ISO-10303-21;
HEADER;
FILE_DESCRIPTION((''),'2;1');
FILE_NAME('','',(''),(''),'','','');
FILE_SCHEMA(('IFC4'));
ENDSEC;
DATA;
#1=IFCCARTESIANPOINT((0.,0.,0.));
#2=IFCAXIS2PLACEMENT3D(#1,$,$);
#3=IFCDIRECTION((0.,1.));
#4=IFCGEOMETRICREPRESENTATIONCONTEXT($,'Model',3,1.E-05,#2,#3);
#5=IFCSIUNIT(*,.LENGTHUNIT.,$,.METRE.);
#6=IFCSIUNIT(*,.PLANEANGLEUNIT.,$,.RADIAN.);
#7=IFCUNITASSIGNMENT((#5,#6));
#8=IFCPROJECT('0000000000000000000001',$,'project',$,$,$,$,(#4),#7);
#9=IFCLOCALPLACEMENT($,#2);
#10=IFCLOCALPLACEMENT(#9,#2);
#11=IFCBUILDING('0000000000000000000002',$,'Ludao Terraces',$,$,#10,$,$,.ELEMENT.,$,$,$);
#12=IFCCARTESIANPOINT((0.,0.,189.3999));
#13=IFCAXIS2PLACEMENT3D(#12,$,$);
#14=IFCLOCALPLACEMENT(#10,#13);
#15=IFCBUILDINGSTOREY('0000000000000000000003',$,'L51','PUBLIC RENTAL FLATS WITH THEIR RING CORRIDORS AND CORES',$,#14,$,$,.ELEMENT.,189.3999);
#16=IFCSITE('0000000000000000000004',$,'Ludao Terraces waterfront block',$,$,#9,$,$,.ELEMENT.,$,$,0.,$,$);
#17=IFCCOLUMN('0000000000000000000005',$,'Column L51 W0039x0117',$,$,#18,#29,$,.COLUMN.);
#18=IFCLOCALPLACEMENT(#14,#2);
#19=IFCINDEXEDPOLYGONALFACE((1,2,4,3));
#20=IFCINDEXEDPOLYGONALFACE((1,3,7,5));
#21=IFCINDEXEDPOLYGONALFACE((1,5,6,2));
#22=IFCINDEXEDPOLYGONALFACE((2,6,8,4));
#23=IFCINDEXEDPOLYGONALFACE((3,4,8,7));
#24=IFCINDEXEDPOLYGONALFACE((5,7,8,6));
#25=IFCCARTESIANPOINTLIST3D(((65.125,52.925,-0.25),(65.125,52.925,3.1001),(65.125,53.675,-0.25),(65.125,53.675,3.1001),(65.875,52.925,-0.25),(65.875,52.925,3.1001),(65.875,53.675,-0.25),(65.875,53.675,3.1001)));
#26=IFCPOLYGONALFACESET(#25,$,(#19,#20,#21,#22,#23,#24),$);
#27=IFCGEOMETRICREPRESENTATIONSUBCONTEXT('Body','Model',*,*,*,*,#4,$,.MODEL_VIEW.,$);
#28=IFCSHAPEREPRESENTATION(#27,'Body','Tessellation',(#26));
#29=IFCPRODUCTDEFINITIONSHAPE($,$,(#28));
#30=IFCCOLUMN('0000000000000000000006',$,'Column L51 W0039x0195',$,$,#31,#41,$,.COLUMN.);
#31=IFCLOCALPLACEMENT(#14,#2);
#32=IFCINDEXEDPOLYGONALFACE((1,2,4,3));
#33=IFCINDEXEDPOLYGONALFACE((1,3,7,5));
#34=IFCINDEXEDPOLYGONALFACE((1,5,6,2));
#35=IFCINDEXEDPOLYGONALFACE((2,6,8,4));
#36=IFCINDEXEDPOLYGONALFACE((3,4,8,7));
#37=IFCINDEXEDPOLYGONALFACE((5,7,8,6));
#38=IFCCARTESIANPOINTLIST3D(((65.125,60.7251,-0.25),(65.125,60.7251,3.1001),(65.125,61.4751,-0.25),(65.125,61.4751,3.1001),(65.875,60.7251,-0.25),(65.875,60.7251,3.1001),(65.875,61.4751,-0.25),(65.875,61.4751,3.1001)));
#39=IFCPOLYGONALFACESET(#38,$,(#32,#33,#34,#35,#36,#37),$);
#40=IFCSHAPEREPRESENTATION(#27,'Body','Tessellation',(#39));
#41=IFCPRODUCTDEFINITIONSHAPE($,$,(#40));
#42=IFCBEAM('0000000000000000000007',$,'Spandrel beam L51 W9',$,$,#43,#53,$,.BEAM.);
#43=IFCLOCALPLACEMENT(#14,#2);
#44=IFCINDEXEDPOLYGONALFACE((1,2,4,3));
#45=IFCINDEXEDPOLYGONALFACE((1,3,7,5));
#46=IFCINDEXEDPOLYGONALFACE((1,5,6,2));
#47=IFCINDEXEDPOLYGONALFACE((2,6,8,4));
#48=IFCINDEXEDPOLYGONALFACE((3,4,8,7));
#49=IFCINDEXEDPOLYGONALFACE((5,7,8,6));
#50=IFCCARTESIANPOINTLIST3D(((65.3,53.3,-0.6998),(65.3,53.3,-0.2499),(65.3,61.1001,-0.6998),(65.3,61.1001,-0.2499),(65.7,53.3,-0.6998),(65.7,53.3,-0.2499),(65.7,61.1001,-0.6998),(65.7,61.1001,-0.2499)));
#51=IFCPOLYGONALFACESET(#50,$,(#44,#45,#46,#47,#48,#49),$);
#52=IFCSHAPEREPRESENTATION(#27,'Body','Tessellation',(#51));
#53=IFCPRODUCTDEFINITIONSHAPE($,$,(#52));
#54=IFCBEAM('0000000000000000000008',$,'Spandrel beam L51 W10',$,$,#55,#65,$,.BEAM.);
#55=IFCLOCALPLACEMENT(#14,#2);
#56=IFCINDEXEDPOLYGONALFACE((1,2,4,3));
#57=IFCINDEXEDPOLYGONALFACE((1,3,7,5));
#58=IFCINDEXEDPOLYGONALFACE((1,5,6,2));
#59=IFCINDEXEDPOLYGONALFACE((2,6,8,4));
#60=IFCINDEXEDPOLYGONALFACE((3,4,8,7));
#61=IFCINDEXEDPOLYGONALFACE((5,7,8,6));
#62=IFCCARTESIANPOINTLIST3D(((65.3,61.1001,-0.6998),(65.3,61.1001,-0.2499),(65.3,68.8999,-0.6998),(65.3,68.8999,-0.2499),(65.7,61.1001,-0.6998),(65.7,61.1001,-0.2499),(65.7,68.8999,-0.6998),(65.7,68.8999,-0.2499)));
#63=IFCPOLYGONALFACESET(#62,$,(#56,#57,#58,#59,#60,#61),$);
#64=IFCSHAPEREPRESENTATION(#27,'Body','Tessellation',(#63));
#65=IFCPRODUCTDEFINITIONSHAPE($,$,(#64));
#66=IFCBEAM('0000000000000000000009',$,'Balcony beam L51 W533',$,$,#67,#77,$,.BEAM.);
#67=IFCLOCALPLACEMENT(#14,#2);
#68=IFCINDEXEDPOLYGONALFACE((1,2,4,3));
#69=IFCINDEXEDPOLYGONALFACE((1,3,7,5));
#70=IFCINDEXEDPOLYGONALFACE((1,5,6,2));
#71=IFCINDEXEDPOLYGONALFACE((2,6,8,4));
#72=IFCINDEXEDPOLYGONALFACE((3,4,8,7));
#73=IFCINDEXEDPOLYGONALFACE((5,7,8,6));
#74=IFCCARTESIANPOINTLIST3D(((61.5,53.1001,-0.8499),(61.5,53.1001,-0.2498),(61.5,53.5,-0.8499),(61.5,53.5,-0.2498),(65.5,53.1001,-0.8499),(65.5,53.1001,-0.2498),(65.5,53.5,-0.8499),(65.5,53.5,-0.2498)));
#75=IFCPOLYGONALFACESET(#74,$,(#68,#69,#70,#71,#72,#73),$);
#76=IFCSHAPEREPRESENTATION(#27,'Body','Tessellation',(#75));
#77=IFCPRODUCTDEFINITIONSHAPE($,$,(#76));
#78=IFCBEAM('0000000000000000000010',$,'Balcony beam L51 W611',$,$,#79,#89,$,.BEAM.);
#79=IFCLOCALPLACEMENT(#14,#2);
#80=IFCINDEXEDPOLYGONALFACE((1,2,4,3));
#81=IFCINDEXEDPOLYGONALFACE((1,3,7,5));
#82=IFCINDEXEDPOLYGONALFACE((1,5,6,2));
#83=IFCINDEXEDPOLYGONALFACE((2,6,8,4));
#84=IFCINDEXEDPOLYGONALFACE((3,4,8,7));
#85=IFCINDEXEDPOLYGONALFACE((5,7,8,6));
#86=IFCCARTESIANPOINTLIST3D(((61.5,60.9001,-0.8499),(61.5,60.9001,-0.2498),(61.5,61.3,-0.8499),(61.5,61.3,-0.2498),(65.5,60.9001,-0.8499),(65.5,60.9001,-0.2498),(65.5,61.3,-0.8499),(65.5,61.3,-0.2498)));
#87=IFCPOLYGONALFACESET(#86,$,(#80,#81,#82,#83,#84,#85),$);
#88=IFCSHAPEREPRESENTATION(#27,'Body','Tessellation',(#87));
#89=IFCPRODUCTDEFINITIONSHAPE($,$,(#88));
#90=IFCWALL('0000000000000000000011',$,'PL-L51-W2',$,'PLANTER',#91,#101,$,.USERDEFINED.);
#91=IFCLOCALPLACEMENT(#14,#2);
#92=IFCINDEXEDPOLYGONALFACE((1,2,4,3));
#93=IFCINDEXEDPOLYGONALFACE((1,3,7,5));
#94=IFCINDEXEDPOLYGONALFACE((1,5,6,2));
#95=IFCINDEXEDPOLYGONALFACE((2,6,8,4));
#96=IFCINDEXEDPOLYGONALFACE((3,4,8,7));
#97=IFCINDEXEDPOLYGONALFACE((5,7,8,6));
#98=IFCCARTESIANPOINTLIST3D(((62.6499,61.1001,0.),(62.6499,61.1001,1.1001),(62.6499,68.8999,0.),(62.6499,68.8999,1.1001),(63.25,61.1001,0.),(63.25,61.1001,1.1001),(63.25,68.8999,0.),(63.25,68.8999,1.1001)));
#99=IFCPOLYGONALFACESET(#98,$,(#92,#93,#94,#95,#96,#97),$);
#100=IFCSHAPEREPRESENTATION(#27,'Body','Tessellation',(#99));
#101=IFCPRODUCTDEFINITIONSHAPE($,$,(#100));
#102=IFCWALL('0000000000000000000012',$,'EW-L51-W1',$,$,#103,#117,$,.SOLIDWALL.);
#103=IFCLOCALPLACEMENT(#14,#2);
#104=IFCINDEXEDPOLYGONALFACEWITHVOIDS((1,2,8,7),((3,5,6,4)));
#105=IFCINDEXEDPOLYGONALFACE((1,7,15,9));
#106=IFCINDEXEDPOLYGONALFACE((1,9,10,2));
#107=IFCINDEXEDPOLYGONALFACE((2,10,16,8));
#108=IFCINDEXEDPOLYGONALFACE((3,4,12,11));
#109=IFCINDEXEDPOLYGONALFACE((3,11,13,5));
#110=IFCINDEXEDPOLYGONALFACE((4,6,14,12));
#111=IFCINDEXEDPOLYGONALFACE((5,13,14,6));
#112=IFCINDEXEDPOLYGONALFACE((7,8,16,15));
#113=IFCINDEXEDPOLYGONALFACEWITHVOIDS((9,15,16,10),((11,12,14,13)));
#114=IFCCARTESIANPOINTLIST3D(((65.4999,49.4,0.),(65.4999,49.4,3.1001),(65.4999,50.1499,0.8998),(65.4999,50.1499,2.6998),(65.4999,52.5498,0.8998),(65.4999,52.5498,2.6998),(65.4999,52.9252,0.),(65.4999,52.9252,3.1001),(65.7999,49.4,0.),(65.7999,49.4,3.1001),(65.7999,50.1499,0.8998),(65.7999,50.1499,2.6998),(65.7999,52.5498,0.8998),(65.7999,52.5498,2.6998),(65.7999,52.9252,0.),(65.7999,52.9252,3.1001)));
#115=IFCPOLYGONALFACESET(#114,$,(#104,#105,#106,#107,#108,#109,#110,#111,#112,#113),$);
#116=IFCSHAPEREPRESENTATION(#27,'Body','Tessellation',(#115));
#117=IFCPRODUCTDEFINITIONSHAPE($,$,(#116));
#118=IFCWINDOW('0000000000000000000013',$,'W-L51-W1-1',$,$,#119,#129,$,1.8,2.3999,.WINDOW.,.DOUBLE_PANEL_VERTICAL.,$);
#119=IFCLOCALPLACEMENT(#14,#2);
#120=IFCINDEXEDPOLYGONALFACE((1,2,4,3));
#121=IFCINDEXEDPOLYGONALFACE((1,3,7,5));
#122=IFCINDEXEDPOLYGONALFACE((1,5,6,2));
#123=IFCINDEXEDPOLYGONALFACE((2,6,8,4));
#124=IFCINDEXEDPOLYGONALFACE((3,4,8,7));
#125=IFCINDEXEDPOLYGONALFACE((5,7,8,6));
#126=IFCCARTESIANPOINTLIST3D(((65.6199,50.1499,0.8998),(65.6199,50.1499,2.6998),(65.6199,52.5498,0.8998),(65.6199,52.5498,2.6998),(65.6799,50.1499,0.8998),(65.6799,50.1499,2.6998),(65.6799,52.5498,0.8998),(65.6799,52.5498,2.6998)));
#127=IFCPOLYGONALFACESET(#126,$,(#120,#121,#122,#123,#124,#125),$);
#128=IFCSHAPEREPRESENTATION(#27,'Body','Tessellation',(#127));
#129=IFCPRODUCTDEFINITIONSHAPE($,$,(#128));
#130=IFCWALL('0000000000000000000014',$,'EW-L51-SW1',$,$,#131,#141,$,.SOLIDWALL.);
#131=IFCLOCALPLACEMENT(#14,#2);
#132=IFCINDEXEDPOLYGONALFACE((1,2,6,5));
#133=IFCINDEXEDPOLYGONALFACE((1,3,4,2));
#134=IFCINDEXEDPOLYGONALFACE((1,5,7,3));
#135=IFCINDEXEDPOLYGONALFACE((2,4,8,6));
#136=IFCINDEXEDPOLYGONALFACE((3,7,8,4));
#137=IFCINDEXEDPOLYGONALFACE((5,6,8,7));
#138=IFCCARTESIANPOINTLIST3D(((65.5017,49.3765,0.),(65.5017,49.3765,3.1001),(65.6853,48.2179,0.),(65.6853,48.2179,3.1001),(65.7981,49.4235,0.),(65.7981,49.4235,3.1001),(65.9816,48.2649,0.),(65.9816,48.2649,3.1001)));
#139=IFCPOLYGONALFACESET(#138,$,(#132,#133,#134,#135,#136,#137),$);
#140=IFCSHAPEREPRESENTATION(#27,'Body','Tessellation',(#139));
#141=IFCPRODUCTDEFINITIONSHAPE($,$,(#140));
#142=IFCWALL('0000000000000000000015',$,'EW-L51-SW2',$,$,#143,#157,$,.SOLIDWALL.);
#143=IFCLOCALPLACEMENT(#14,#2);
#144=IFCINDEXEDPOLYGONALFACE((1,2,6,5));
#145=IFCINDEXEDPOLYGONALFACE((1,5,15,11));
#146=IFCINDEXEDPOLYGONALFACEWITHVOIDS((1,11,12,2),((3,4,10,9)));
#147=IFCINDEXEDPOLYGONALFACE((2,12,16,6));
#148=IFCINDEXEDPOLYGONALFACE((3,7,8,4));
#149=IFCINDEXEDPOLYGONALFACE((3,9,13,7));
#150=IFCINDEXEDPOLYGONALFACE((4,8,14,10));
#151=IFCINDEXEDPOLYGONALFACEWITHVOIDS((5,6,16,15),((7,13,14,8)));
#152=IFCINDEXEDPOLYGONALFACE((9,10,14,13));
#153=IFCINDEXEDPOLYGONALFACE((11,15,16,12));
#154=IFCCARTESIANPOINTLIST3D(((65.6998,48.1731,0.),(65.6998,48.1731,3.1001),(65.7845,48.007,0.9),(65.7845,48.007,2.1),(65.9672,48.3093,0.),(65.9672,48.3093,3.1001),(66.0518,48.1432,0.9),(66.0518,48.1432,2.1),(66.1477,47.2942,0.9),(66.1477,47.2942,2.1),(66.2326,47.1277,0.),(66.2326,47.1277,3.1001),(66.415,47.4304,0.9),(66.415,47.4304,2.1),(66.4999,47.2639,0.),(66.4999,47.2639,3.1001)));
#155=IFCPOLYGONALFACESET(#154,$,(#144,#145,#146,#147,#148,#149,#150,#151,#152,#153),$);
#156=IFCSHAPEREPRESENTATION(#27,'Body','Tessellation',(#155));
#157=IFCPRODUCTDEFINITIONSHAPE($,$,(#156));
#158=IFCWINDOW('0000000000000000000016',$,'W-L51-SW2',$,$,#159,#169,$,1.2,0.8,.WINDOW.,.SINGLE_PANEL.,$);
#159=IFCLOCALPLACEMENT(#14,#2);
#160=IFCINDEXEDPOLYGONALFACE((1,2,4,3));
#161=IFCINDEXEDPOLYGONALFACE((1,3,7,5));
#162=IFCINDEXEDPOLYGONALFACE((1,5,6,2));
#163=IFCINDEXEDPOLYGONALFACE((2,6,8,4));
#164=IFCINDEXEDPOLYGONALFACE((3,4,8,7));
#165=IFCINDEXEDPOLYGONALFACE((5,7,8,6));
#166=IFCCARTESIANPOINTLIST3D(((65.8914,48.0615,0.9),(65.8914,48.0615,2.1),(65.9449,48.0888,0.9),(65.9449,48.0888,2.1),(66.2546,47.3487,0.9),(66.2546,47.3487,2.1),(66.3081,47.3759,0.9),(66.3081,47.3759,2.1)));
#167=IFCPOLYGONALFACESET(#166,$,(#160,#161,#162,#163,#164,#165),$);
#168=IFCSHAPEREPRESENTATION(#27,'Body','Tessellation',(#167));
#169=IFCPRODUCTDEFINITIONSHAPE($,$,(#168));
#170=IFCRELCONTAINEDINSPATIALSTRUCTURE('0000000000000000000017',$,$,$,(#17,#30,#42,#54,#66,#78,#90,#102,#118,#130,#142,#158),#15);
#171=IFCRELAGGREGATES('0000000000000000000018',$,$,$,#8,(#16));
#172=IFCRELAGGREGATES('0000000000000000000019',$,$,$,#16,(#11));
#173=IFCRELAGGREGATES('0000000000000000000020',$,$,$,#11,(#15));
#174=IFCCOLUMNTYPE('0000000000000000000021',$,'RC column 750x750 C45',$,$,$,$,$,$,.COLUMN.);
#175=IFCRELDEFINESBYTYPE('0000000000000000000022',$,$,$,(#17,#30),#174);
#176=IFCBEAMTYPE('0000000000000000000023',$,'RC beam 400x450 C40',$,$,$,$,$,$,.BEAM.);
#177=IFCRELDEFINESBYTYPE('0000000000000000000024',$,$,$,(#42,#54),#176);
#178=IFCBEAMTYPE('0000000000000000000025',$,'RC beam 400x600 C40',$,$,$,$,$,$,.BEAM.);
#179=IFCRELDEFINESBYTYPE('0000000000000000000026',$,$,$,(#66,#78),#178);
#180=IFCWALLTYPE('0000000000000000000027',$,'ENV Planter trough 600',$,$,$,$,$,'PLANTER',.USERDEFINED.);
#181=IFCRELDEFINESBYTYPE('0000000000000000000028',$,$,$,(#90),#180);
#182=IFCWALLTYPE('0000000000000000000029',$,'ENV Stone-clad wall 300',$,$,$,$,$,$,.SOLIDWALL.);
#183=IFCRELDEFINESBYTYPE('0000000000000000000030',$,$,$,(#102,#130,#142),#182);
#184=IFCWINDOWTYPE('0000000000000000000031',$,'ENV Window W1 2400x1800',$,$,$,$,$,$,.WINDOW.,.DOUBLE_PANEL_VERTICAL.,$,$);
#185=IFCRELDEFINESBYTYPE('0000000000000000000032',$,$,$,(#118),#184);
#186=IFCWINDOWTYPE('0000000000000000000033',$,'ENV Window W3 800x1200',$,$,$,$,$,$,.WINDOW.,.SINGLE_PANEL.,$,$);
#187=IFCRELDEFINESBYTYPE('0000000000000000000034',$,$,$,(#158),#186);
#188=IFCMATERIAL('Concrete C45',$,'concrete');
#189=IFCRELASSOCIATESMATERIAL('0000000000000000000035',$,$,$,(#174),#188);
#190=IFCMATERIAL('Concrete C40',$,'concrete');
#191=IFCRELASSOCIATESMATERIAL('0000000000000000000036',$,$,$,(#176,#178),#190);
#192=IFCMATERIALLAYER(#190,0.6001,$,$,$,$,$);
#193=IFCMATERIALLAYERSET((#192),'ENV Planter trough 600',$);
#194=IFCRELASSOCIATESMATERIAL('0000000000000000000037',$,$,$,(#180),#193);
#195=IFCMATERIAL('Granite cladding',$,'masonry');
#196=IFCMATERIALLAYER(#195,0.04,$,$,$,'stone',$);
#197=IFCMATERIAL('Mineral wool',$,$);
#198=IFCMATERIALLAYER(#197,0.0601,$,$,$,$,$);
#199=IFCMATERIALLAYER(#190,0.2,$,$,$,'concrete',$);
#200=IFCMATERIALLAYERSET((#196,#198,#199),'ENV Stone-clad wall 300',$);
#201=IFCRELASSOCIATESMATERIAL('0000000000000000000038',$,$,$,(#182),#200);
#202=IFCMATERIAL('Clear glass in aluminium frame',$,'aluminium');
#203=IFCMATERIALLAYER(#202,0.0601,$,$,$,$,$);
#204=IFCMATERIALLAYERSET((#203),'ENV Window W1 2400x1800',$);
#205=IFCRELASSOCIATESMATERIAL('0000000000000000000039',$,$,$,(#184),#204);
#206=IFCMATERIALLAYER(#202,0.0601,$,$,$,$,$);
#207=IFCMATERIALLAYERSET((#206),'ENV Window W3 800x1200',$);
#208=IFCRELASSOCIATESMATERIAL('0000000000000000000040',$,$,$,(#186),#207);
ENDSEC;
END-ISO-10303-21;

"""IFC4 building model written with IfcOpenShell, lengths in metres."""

from ifc_helpers import new_model, si_unit, direction, frame, frame_2d, origin, origin_2d, place, context, subcontext, project, spatial, rectangle, extrude, material, layer, layer_set, material_profile, profile_set, type_object, element, fill, save


model = new_model("IFC4")

# Units and contexts
model_context = context("Model", 3, precision=1e-05, world=origin(), true_north=direction((0.0, 1.0)))
body_context = subcontext(model_context, "Body", "Model", "MODEL_VIEW")
ifc_project = project(units=[si_unit("LENGTHUNIT", "METRE"), si_unit("PLANEANGLEUNIT", "RADIAN")], contexts=[model_context])

# Site, building, storey
site_placement = place(None, origin())
site = spatial("IfcSite", under=ifc_project, at=site_placement, Name="Ludao Terraces waterfront block", CompositionType="ELEMENT", RefElevation=0.0)
building_placement = place(site_placement, origin())
building = spatial("IfcBuilding", under=site, at=building_placement, Name="Ludao Terraces", CompositionType="ELEMENT")
storey_placement = place(building_placement, frame((0.0, 0.0, 189.3999)))
storey = spatial("IfcBuildingStorey", under=building, at=storey_placement, Name="L51", Description="PUBLIC RENTAL FLATS WITH THEIR RING CORRIDORS AND CORES", CompositionType="ELEMENT", Elevation=189.3999)

# Columns
ifc_material_1 = material(Name="Concrete C45", Category="concrete")
ifc_material_profile_1 = material_profile(ifc_material_1, rectangle(XDim=0.75, YDim=0.75, at=origin_2d()), Name="750 X 750")
ifc_profile_set_1 = profile_set([ifc_material_profile_1], Name="Concrete C45")
column_type = type_object("IfcColumnType", Name="RC column 750x750 C45", PredefinedType="COLUMN", material=ifc_profile_set_1)
for number, where, z_axis, x_axis, name in (
    (1, (65.5, 53.3, -0.25), (0.0, 0.0, 1.0), (1.0, 0.0, 0.0), "Column L51 W0039x0117"),
    (2, (65.5, 61.1001, -0.25), (0.0, 0.0, 1.0), (1.0, 0.0, 0.0), "Column L51 W0039x0195"),
):
    element("IfcColumn", number, at=place(storey_placement, frame(where, z_axis=z_axis, x_axis=x_axis)), inside=storey, type_object=column_type, Name=name, PredefinedType="COLUMN", context=body_context, shape_type="SweptSolid", body=[
        extrude(rectangle(XDim=0.75, YDim=0.75, at=origin_2d()), origin(), (0.0, 0.0, 1.0), 3.3501),
    ])

# Beams
ifc_material_2 = material(Name="Concrete C40", Category="concrete")
ifc_material_profile_2 = material_profile(ifc_material_2, rectangle(XDim=0.3999, YDim=0.45, at=origin_2d()), Name="400 X 450")
ifc_profile_set_2 = profile_set([ifc_material_profile_2], Name="Concrete C40")
beam_type_1 = type_object("IfcBeamType", Name="RC beam 400x450 C40", PredefinedType="BEAM", material=ifc_profile_set_2)
beam_1_placement = place(storey_placement, frame((65.5, 53.3, -0.4749), z_axis=(0.0, 1.0, 0.0), x_axis=(-1.0, 0.0, 0.0)))
element("IfcBeam", 3, at=beam_1_placement, inside=storey, type_object=beam_type_1, Name="Spandrel beam L51 W9", PredefinedType="BEAM", context=body_context, shape_type="SweptSolid", body=[
    extrude(rectangle(XDim=0.3999, YDim=0.45, at=origin_2d()), origin(), (0.0, 0.0, 1.0), 7.8),
])
beam_2_placement = place(storey_placement, frame((65.5, 61.1001, -0.4749), z_axis=(0.0, 1.0, 0.0), x_axis=(-1.0, 0.0, 0.0)))
element("IfcBeam", 4, at=beam_2_placement, inside=storey, type_object=beam_type_1, Name="Spandrel beam L51 W10", PredefinedType="BEAM", context=body_context, shape_type="SweptSolid", body=[
    extrude(rectangle(XDim=0.3999, YDim=0.45, at=origin_2d()), origin(), (0.0, 0.0, 1.0), 7.7998),
])
ifc_material_profile_3 = material_profile(ifc_material_2, rectangle(XDim=0.3999, YDim=0.6001, at=origin_2d()), Name="400 X 600")
ifc_profile_set_3 = profile_set([ifc_material_profile_3], Name="Concrete C40")
beam_type_2 = type_object("IfcBeamType", Name="RC beam 400x600 C40", PredefinedType="BEAM", material=ifc_profile_set_3)
for number, where, z_axis, x_axis, name in (
    (5, (65.5, 53.3, -0.5498), (-1.0, 0.0, 0.0), (0.0, -1.0, 0.0), "Balcony beam L51 W533"),
    (6, (65.5, 61.1001, -0.5498), (-1.0, 0.0, 0.0), (0.0, -1.0, 0.0), "Balcony beam L51 W611"),
):
    element("IfcBeam", number, at=place(storey_placement, frame(where, z_axis=z_axis, x_axis=x_axis)), inside=storey, type_object=beam_type_2, Name=name, PredefinedType="BEAM", context=body_context, shape_type="SweptSolid", body=[
        extrude(rectangle(XDim=0.3999, YDim=0.6001, at=origin_2d()), origin(), (0.0, 0.0, 1.0), 4.0),
    ])

# Wall
ifc_layer_1 = layer(ifc_material_2, 0.6001)
ifc_layer_set_1 = layer_set([ifc_layer_1], Name="ENV Planter trough 600")
wall_type_1 = type_object("IfcWallType", Name="ENV Planter trough 600", ElementType="PLANTER", PredefinedType="USERDEFINED", material=ifc_layer_set_1)
wall_1_placement = place(storey_placement, frame((62.95, 61.1001, 0.0), z_axis=(0.0, 0.0, 1.0), x_axis=(0.0, 1.0, 0.0)))
element("IfcWall", 7, at=wall_1_placement, inside=storey, type_object=wall_type_1, Name="PL-L51-W2", ObjectType="PLANTER", PredefinedType="USERDEFINED", context=body_context, shape_type="SweptSolid", body=[
    extrude(rectangle(XDim=7.7998, YDim=0.6001, at=frame_2d((3.8999, 0.0))), origin(), (0.0, 0.0, 1.0), 1.1001),
])

# Wall, opening, window
ifc_material_3 = material(Name="Granite cladding", Category="masonry")
ifc_layer_2 = layer(ifc_material_3, 0.04, Category="stone")
ifc_material_4 = material(Name="Mineral wool")
ifc_layer_3 = layer(ifc_material_4, 0.0601)
ifc_layer_4 = layer(ifc_material_2, 0.2, Category="concrete")
ifc_layer_set_2 = layer_set([ifc_layer_2, ifc_layer_3, ifc_layer_4], Name="ENV Stone-clad wall 300")
wall_type_2 = type_object("IfcWallType", Name="ENV Stone-clad wall 300", PredefinedType="SOLIDWALL", material=ifc_layer_set_2)
wall_2_placement = place(storey_placement, frame((65.6499, 49.3999, 0.0), z_axis=(0.0, 0.0, 1.0), x_axis=(0.0, 1.0, 0.0)))
wall_2 = element("IfcWall", 8, at=wall_2_placement, inside=storey, type_object=wall_type_2, Name="EW-L51-W1", PredefinedType="SOLIDWALL", context=body_context, shape_type="SweptSolid", body=[
    extrude(rectangle(XDim=3.5251, YDim=0.3, at=frame_2d((1.7627, 0.0))), origin(), (0.0, 0.0, 1.0), 3.1001),
])
opening_1_placement = place(wall_2_placement, frame((0.75, 0.0, 0.8999)))
opening_1 = element("IfcOpeningElement", 9, at=opening_1_placement, cuts=wall_2, PredefinedType="OPENING", context=body_context, shape_type="SweptSolid", body=[
    extrude(rectangle(XDim=2.3999, YDim=1.8, at=frame_2d((1.2, 0.8999))), frame((0.0, 0.1602, 0.0), z_axis=(0.0, -1.0, 0.0), x_axis=(1.0, 0.0, 0.0)), (0.0, 0.0, 1.0), 0.3201),
])
ifc_material_5 = material(Name="Clear glass in aluminium frame", Category="aluminium")
ifc_layer_5 = layer(ifc_material_5, 0.0601)
ifc_layer_set_3 = layer_set([ifc_layer_5], Name="ENV Window W1 2400x1800")
window_type_1 = type_object("IfcWindowType", Name="ENV Window W1 2400x1800", PartitioningType="DOUBLE_PANEL_VERTICAL", PredefinedType="WINDOW", material=ifc_layer_set_3)
window_1_placement = place(opening_1_placement, origin())
window_1 = element("IfcWindow", 10, at=window_1_placement, inside=storey, type_object=window_type_1, Name="W-L51-W1-1", OverallHeight=1.8, OverallWidth=2.3999, PartitioningType="DOUBLE_PANEL_VERTICAL", PredefinedType="WINDOW", context=body_context, shape_type="SweptSolid", body=[
    extrude(rectangle(XDim=2.3999, YDim=1.8, at=frame_2d((1.2, 0.8999))), frame((0.0, 0.03, 0.0), z_axis=(0.0, -1.0, 0.0), x_axis=(1.0, 0.0, 0.0)), (0.0, 0.0, 1.0), 0.0601),
])
fill(opening_1, window_1)

# Wall
wall_3_placement = place(storey_placement, frame((65.6499, 49.3999, 0.0), z_axis=(0.0, 0.0, 1.0), x_axis=(0.156497, -0.987678, 0.0)))
element("IfcWall", 11, at=wall_3_placement, inside=storey, type_object=wall_type_2, Name="EW-L51-SW1", PredefinedType="SOLIDWALL", context=body_context, shape_type="SweptSolid", body=[
    extrude(rectangle(XDim=1.1731, YDim=0.3, at=frame_2d((0.5864, 0.0))), origin(), (0.0, 0.0, 1.0), 3.1001),
])

# Wall, opening, window
wall_4_placement = place(storey_placement, frame((65.8335, 48.2412, 0.0), z_axis=(0.0, 0.0, 1.0), x_axis=(0.454026, -0.890989, 0.0)))
wall_4 = element("IfcWall", 12, at=wall_4_placement, inside=storey, type_object=wall_type_2, Name="EW-L51-SW2", PredefinedType="SOLIDWALL", context=body_context, shape_type="SweptSolid", body=[
    extrude(rectangle(XDim=1.1733, YDim=0.3, at=frame_2d((0.5867, 0.0))), origin(), (0.0, 0.0, 1.0), 3.1001),
])
opening_2_placement = place(wall_4_placement, frame((0.1865, 0.0, 0.8999)))
opening_2 = element("IfcOpeningElement", 13, at=opening_2_placement, cuts=wall_4, PredefinedType="OPENING", context=body_context, shape_type="SweptSolid", body=[
    extrude(rectangle(XDim=0.8, YDim=1.2, at=frame_2d((0.3999, 0.6001))), frame((0.0, 0.1602, 0.0), z_axis=(0.0, -1.0, 0.0), x_axis=(1.0, 0.0, 0.0)), (0.0, 0.0, 1.0), 0.3201),
])
ifc_layer_6 = layer(ifc_material_5, 0.0601)
ifc_layer_set_4 = layer_set([ifc_layer_6], Name="ENV Window W3 800x1200")
window_type_2 = type_object("IfcWindowType", Name="ENV Window W3 800x1200", PartitioningType="SINGLE_PANEL", PredefinedType="WINDOW", material=ifc_layer_set_4)
window_2_placement = place(opening_2_placement, origin())
window_2 = element("IfcWindow", 14, at=window_2_placement, inside=storey, type_object=window_type_2, Name="W-L51-SW2", OverallHeight=1.2, OverallWidth=0.8, PartitioningType="SINGLE_PANEL", PredefinedType="WINDOW", context=body_context, shape_type="SweptSolid", body=[
    extrude(rectangle(XDim=0.8, YDim=1.2, at=frame_2d((0.3999, 0.6001))), frame((0.0, 0.03, 0.0), z_axis=(0.0, -1.0, 0.0), x_axis=(1.0, 0.0, 0.0)), (0.0, 0.0, 1.0), 0.0601),
])
fill(opening_2, window_2)

save(model, "model.ifc")
